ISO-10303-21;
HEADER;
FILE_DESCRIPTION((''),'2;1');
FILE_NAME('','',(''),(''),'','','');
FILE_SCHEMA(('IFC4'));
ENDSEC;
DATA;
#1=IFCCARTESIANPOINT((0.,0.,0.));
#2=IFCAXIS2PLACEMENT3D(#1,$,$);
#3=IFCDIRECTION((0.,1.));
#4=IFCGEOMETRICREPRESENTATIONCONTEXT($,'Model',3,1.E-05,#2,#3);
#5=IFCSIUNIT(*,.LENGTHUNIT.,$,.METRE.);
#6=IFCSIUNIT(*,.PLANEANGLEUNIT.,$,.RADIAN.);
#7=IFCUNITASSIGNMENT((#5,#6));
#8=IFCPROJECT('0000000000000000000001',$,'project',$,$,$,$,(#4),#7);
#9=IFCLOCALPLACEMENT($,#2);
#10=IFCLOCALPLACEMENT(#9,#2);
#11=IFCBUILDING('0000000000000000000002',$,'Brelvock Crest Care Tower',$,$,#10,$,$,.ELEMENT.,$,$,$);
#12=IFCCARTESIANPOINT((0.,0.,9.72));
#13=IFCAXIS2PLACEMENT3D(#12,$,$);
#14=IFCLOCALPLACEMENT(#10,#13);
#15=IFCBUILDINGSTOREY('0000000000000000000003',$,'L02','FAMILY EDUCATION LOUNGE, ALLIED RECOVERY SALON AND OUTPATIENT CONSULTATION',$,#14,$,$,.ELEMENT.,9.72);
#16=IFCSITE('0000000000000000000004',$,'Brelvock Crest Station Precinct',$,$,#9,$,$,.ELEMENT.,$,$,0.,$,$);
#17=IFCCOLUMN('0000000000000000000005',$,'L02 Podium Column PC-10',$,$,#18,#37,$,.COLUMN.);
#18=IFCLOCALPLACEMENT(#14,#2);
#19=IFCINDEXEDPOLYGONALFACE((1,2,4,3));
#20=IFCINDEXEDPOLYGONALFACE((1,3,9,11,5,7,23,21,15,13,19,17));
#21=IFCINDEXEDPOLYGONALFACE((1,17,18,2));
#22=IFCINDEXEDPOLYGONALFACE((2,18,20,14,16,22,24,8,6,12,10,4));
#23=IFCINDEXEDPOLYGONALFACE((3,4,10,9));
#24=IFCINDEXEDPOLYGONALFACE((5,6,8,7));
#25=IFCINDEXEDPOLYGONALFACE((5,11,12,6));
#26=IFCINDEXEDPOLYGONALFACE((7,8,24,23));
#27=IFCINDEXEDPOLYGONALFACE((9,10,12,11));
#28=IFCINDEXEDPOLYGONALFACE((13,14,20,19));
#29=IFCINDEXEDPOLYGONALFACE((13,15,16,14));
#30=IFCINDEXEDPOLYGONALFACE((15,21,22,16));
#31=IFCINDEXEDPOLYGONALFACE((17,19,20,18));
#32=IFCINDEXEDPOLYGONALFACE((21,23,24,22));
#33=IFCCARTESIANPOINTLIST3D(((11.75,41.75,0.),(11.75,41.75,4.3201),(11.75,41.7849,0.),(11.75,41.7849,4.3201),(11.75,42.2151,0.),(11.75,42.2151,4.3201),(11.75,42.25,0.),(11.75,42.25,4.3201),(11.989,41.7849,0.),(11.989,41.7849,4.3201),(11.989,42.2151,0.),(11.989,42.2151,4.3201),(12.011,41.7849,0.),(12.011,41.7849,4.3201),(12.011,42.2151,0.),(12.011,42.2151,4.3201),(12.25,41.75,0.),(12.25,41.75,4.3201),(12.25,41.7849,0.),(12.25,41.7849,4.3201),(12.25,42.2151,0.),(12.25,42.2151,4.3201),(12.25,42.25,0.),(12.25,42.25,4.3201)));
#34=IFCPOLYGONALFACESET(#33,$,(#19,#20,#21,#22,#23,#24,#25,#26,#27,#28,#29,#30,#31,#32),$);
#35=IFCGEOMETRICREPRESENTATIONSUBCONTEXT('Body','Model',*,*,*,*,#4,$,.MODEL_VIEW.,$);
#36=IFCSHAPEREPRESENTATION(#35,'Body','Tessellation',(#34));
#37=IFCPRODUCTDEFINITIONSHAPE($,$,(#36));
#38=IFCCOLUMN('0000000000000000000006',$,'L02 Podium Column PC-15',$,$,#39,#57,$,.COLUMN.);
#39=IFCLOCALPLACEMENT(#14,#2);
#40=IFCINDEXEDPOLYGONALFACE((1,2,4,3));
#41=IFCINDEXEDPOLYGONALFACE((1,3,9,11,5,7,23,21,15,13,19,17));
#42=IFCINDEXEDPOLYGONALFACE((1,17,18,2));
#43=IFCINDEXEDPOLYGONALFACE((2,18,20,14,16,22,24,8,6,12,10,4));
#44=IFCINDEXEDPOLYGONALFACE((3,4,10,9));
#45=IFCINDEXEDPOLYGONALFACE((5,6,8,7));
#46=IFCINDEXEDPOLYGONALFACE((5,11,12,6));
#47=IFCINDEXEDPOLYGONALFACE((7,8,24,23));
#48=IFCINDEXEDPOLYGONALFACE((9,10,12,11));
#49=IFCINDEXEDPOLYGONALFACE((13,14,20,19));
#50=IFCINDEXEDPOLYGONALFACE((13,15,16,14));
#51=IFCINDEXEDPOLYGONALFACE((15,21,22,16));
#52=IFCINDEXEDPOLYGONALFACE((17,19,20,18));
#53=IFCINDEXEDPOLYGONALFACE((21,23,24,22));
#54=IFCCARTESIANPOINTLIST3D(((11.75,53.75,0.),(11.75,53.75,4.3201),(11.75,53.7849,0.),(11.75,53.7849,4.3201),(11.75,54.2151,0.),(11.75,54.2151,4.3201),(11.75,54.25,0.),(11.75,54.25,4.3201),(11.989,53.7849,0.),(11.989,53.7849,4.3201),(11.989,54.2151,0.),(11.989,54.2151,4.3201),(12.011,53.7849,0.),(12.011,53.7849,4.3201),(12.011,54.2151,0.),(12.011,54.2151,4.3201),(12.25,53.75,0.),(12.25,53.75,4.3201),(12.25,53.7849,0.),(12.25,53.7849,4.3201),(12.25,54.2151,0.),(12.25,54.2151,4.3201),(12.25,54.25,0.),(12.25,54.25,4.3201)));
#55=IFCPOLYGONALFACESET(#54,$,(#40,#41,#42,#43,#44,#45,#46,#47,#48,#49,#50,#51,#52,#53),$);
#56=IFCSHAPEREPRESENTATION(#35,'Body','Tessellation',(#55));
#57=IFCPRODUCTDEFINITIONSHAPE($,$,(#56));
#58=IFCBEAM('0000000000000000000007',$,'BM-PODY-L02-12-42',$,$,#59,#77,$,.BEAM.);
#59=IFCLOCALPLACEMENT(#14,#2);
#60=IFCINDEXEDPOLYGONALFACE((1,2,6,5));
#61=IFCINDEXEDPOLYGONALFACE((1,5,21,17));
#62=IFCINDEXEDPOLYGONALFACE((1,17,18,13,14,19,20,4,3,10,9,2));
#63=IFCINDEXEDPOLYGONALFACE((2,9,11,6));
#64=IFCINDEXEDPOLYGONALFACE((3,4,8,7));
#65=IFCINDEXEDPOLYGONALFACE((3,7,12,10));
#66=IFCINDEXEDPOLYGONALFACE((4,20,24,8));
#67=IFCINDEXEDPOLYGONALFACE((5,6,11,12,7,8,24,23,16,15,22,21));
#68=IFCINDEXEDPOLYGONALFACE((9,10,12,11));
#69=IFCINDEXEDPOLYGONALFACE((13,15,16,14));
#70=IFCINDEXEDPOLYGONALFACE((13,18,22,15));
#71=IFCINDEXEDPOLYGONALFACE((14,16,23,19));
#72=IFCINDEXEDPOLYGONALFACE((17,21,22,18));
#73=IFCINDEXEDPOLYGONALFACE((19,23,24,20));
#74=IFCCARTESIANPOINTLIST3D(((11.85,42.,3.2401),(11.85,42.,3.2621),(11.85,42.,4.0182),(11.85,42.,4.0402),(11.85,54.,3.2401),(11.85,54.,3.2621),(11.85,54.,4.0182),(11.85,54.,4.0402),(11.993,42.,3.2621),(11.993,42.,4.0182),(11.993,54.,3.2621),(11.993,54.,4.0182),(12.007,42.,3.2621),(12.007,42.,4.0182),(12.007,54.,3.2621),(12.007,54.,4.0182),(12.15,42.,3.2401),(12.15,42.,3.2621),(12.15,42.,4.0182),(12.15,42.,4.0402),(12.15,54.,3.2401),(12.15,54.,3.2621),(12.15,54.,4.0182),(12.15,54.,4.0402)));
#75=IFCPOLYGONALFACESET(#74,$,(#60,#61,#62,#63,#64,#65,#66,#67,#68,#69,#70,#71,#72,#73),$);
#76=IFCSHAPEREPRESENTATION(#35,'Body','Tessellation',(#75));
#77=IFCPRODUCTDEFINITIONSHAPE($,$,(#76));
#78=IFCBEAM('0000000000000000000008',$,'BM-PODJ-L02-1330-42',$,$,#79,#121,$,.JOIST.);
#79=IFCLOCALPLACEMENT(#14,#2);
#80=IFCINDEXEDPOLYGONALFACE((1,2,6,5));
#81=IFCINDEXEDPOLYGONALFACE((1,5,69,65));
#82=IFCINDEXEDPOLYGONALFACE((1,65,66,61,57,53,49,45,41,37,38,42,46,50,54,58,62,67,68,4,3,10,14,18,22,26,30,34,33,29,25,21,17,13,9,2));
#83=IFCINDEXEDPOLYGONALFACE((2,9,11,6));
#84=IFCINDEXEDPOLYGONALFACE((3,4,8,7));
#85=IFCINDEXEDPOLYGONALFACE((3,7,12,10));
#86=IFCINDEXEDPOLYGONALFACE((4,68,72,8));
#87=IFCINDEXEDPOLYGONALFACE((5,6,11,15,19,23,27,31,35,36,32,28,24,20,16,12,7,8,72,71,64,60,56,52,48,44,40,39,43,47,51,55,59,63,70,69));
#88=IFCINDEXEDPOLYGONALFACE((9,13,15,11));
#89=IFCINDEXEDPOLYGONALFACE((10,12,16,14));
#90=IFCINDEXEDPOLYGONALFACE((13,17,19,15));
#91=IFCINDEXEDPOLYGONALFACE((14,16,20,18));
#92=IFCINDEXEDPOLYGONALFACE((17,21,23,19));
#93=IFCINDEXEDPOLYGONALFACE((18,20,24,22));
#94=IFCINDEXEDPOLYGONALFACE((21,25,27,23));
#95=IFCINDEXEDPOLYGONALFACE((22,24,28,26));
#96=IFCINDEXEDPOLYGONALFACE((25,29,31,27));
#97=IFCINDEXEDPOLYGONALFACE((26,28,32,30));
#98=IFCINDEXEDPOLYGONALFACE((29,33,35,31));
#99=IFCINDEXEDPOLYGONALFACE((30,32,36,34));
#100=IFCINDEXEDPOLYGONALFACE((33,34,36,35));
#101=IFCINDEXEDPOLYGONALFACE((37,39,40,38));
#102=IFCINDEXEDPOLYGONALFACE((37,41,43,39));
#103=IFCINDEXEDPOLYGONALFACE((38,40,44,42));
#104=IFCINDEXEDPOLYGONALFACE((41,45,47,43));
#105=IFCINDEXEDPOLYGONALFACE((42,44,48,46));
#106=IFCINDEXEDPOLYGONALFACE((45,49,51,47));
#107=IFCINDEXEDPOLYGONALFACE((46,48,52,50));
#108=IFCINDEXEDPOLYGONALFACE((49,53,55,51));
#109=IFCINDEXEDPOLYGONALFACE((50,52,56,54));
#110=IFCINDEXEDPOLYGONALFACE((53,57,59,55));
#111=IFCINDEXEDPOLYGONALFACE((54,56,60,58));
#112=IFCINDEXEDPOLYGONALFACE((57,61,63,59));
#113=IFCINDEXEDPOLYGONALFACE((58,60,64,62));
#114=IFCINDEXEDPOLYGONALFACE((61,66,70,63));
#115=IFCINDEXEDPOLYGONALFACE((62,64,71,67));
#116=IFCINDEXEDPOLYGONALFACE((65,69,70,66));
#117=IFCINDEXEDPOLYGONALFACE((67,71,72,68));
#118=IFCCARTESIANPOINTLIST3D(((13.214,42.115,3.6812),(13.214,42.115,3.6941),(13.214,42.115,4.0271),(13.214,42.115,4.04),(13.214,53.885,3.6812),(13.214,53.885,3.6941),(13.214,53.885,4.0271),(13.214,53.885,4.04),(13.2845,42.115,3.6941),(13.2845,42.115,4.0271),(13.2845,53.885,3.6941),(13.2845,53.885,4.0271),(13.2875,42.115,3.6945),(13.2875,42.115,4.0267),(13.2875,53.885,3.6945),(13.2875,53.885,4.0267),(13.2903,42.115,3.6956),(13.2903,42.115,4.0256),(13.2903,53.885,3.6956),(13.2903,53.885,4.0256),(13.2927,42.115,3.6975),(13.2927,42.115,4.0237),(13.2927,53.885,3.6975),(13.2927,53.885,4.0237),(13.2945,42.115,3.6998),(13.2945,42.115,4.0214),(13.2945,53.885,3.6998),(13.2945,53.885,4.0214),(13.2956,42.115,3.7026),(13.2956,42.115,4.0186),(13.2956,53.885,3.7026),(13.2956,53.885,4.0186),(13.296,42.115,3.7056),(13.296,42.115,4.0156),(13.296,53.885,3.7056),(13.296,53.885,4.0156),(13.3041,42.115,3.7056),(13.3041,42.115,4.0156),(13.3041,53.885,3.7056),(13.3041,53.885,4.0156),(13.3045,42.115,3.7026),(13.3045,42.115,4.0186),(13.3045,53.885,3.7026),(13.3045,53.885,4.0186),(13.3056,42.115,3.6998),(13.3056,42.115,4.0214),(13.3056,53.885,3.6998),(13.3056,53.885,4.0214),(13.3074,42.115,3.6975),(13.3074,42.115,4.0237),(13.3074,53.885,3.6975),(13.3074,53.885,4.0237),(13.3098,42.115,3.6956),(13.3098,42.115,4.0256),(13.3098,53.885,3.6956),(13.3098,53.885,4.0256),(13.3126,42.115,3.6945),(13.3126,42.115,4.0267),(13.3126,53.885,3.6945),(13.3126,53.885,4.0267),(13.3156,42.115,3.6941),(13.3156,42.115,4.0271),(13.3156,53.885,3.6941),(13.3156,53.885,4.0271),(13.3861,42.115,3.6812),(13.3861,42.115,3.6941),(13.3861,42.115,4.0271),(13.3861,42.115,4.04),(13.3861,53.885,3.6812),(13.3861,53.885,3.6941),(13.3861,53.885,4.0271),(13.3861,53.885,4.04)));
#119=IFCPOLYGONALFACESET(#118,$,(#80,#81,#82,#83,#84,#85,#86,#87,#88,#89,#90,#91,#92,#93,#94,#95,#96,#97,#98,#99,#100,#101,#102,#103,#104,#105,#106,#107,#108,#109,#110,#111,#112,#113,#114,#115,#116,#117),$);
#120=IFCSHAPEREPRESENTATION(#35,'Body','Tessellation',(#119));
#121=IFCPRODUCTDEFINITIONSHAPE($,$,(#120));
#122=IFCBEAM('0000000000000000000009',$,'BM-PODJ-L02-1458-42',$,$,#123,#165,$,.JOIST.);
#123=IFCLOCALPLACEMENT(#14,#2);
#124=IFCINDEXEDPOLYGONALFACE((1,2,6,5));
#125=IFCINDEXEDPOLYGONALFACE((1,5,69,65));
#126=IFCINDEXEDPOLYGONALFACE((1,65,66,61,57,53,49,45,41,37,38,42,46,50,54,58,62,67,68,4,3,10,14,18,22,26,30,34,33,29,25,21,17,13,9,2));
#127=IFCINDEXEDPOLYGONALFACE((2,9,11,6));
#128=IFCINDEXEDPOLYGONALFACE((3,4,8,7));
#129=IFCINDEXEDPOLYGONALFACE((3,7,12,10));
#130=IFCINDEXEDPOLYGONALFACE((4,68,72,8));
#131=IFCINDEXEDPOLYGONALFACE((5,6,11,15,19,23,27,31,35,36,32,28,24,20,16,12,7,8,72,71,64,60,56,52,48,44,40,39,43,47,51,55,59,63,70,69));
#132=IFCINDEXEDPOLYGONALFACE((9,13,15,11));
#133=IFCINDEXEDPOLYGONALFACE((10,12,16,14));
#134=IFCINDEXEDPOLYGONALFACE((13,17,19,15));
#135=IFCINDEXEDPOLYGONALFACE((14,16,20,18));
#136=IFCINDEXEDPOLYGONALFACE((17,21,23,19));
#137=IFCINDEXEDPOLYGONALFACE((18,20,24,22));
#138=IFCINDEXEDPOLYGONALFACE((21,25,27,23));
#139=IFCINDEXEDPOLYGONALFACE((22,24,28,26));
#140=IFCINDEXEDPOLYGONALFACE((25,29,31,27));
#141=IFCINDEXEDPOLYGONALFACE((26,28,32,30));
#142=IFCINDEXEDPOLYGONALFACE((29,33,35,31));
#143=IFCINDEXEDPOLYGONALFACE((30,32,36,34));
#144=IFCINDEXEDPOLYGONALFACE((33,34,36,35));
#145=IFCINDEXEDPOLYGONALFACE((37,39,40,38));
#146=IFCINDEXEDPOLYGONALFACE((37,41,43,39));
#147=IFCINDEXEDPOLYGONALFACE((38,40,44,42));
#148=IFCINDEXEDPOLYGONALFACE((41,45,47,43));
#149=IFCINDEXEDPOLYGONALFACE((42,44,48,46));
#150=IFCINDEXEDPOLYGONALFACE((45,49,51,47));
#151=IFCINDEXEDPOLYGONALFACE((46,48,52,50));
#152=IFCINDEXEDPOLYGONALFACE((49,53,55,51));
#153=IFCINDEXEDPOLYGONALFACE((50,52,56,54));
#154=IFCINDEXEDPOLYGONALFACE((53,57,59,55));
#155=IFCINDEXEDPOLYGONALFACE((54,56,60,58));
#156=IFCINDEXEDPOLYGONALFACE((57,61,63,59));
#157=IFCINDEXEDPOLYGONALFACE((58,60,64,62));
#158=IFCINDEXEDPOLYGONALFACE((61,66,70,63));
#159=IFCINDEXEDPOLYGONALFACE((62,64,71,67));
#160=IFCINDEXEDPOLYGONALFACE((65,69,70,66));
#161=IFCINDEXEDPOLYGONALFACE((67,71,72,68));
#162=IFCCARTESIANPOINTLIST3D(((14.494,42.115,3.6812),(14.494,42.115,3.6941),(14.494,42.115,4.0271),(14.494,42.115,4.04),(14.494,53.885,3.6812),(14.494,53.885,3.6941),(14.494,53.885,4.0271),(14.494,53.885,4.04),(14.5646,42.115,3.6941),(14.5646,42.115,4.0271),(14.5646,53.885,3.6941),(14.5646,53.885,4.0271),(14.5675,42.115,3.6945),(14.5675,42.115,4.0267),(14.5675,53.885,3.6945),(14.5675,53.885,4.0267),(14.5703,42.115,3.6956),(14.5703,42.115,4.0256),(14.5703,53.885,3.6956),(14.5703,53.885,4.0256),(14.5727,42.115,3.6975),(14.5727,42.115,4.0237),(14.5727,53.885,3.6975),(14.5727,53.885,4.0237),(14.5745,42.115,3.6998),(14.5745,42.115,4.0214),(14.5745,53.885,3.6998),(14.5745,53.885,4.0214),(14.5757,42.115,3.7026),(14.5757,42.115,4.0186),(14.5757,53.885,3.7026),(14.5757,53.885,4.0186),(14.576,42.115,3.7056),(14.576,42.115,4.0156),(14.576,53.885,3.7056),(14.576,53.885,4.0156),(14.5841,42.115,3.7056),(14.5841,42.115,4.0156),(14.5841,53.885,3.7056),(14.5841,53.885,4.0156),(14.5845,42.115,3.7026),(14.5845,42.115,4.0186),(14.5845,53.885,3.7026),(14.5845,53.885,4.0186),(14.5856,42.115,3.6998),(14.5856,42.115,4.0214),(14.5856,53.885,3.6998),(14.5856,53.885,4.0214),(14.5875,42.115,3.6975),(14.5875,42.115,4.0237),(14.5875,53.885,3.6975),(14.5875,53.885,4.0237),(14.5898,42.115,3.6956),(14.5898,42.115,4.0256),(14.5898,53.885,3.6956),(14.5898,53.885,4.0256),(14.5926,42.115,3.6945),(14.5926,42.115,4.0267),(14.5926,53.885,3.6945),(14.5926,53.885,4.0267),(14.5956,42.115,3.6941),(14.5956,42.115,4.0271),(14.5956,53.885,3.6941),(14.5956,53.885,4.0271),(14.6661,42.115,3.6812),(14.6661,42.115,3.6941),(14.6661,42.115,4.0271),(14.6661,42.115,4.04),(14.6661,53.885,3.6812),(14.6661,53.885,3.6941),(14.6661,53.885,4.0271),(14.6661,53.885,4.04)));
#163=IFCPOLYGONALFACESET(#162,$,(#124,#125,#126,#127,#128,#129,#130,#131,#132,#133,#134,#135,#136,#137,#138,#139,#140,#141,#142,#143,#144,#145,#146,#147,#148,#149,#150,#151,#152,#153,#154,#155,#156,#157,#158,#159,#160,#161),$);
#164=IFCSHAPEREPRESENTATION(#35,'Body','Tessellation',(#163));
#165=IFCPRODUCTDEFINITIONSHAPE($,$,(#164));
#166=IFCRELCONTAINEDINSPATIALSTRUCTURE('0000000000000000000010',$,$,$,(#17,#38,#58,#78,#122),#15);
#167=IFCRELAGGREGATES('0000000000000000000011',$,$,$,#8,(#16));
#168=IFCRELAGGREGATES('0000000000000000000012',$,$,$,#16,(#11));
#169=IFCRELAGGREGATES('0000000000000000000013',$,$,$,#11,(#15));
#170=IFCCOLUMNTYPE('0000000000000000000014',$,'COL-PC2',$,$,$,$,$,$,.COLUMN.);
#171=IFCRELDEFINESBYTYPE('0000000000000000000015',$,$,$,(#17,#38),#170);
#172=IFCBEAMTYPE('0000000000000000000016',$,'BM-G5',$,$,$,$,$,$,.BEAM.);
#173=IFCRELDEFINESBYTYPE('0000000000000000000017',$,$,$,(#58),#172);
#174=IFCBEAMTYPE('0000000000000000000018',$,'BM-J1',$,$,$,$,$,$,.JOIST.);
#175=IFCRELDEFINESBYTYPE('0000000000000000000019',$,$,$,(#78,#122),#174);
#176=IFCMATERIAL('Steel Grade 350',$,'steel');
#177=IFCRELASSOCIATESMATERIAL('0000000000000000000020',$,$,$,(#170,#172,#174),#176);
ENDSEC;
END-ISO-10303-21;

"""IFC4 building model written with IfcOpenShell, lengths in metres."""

from ifc_helpers import new_model, si_unit, direction, frame, origin, origin_2d, place, context, subcontext, project, spatial, i_section, extrude, source, transform, mapped, material, material_profile, profile_set, type_object, element, save


model = new_model("IFC4")

# Units and contexts
model_context = context("Model", 3, precision=1e-05, world=origin(), true_north=direction((0.0, 1.0)))
body_context = subcontext(model_context, "Body", "Model", "MODEL_VIEW")
ifc_project = project(units=[si_unit("LENGTHUNIT", "METRE"), si_unit("PLANEANGLEUNIT", "RADIAN")], contexts=[model_context])

# Site, building, storey
site_placement = place(None, origin())
site = spatial("IfcSite", under=ifc_project, at=site_placement, Name="Brelvock Crest Station Precinct", CompositionType="ELEMENT", RefElevation=0.0)
building_placement = place(site_placement, origin())
building = spatial("IfcBuilding", under=site, at=building_placement, Name="Brelvock Crest Care Tower", CompositionType="ELEMENT")
storey_placement = place(building_placement, frame((0.0, 0.0, 9.72)))
storey = spatial("IfcBuildingStorey", under=building, at=storey_placement, Name="L02", Description="FAMILY EDUCATION LOUNGE, ALLIED RECOVERY SALON AND OUTPATIENT CONSULTATION", CompositionType="ELEMENT", Elevation=9.72)

# Columns
ifc_material_1 = material(Name="Steel Grade 350", Category="steel")
ifc_material_profile_1 = material_profile(ifc_material_1, i_section(OverallWidth=0.5, OverallDepth=0.5, WebThickness=0.022, FlangeThickness=0.0349, at=origin_2d()), Name="500WC340")
ifc_profile_set_1 = profile_set([ifc_material_profile_1], Name="Steel Grade 350")
column_type = type_object("IfcColumnType", Name="COL-PC2", PredefinedType="COLUMN", material=ifc_profile_set_1)
shared_shape_1 = source(origin(), body_context, "Body", "SweptSolid", [
    extrude(i_section(OverallWidth=0.5, OverallDepth=0.5, WebThickness=0.022, FlangeThickness=0.0349, at=origin_2d()), origin(), (0.0, 0.0, 1.0), 4.3201),
])
for number, where, z_axis, x_axis, name in (
    (1, (12.0, 42.0, 0.0), (0.0, 0.0, 1.0), (1.0, 0.0, 0.0), "L02 Podium Column PC-10"),
    (2, (12.0, 54.0, 0.0), (0.0, 0.0, 1.0), (1.0, 0.0, 0.0), "L02 Podium Column PC-15"),
):
    element("IfcColumn", number, at=place(storey_placement, frame(where, z_axis=z_axis, x_axis=x_axis)), inside=storey, type_object=column_type, Name=name, PredefinedType="COLUMN", context=body_context, shape_type="MappedRepresentation", body=[
        mapped(shared_shape_1, transform((0.0, 0.0, 0.0), x_axis=(1.0, 0.0, 0.0), y_axis=(0.0, 1.0, 0.0), z_axis=(0.0, 0.0, 1.0), scale=1.0)),
    ])

# Beams
ifc_material_profile_2 = material_profile(ifc_material_1, i_section(OverallWidth=0.3, OverallDepth=0.8, WebThickness=0.0139, FlangeThickness=0.022, at=origin_2d()), Name="800WB192")
ifc_profile_set_2 = profile_set([ifc_material_profile_2], Name="Steel Grade 350")
beam_type_1 = type_object("IfcBeamType", Name="BM-G5", PredefinedType="BEAM", material=ifc_profile_set_2)
shared_shape_2 = source(origin(), body_context, "Body", "SweptSolid", [
    extrude(i_section(OverallWidth=0.3, OverallDepth=0.8, WebThickness=0.0139, FlangeThickness=0.022, at=origin_2d()), origin(), (0.0, 0.0, 1.0), 12.0),
])
beam_placement = place(storey_placement, frame((12.0, 42.0, 3.6401), z_axis=(0.0, 1.0, 0.0), x_axis=(-1.0, 0.0, 0.0)))
element("IfcBeam", 3, at=beam_placement, inside=storey, type_object=beam_type_1, Name="BM-PODY-L02-12-42", PredefinedType="BEAM", context=body_context, shape_type="MappedRepresentation", body=[
    mapped(shared_shape_2, transform((0.0, 0.0, 0.0), x_axis=(1.0, 0.0, 0.0), y_axis=(0.0, 1.0, 0.0), z_axis=(0.0, 0.0, 1.0), scale=1.0)),
])
ifc_material_profile_3 = material_profile(ifc_material_1, i_section(OverallWidth=0.1721, OverallDepth=0.3589, WebThickness=0.0081, FlangeThickness=0.0129, FilletRadius=0.0115, at=origin_2d()), Name="360UB56.7")
ifc_profile_set_3 = profile_set([ifc_material_profile_3], Name="Steel Grade 350")
beam_type_2 = type_object("IfcBeamType", Name="BM-J1", PredefinedType="JOIST", material=ifc_profile_set_3)
shared_shape_3 = source(origin(), body_context, "Body", "SweptSolid", [
    extrude(i_section(OverallWidth=0.1721, OverallDepth=0.3589, WebThickness=0.0081, FlangeThickness=0.0129, FilletRadius=0.0115, at=origin_2d()), origin(), (0.0, 0.0, 1.0), 11.77),
])
for number, where, z_axis, x_axis, name in (
    (4, (13.3, 42.115, 3.8606), (0.0, 1.0, 0.0), (-1.0, 0.0, 0.0), "BM-PODJ-L02-1330-42"),
    (5, (14.5801, 42.115, 3.8606), (0.0, 1.0, 0.0), (-1.0, 0.0, 0.0), "BM-PODJ-L02-1458-42"),
):
    element("IfcBeam", number, at=place(storey_placement, frame(where, z_axis=z_axis, x_axis=x_axis)), inside=storey, type_object=beam_type_2, Name=name, PredefinedType="JOIST", context=body_context, shape_type="MappedRepresentation", body=[
        mapped(shared_shape_3, transform((0.0, 0.0, 0.0), x_axis=(1.0, 0.0, 0.0), y_axis=(0.0, 1.0, 0.0), z_axis=(0.0, 0.0, 1.0), scale=1.0)),
    ])

save(model, "model.ifc")
